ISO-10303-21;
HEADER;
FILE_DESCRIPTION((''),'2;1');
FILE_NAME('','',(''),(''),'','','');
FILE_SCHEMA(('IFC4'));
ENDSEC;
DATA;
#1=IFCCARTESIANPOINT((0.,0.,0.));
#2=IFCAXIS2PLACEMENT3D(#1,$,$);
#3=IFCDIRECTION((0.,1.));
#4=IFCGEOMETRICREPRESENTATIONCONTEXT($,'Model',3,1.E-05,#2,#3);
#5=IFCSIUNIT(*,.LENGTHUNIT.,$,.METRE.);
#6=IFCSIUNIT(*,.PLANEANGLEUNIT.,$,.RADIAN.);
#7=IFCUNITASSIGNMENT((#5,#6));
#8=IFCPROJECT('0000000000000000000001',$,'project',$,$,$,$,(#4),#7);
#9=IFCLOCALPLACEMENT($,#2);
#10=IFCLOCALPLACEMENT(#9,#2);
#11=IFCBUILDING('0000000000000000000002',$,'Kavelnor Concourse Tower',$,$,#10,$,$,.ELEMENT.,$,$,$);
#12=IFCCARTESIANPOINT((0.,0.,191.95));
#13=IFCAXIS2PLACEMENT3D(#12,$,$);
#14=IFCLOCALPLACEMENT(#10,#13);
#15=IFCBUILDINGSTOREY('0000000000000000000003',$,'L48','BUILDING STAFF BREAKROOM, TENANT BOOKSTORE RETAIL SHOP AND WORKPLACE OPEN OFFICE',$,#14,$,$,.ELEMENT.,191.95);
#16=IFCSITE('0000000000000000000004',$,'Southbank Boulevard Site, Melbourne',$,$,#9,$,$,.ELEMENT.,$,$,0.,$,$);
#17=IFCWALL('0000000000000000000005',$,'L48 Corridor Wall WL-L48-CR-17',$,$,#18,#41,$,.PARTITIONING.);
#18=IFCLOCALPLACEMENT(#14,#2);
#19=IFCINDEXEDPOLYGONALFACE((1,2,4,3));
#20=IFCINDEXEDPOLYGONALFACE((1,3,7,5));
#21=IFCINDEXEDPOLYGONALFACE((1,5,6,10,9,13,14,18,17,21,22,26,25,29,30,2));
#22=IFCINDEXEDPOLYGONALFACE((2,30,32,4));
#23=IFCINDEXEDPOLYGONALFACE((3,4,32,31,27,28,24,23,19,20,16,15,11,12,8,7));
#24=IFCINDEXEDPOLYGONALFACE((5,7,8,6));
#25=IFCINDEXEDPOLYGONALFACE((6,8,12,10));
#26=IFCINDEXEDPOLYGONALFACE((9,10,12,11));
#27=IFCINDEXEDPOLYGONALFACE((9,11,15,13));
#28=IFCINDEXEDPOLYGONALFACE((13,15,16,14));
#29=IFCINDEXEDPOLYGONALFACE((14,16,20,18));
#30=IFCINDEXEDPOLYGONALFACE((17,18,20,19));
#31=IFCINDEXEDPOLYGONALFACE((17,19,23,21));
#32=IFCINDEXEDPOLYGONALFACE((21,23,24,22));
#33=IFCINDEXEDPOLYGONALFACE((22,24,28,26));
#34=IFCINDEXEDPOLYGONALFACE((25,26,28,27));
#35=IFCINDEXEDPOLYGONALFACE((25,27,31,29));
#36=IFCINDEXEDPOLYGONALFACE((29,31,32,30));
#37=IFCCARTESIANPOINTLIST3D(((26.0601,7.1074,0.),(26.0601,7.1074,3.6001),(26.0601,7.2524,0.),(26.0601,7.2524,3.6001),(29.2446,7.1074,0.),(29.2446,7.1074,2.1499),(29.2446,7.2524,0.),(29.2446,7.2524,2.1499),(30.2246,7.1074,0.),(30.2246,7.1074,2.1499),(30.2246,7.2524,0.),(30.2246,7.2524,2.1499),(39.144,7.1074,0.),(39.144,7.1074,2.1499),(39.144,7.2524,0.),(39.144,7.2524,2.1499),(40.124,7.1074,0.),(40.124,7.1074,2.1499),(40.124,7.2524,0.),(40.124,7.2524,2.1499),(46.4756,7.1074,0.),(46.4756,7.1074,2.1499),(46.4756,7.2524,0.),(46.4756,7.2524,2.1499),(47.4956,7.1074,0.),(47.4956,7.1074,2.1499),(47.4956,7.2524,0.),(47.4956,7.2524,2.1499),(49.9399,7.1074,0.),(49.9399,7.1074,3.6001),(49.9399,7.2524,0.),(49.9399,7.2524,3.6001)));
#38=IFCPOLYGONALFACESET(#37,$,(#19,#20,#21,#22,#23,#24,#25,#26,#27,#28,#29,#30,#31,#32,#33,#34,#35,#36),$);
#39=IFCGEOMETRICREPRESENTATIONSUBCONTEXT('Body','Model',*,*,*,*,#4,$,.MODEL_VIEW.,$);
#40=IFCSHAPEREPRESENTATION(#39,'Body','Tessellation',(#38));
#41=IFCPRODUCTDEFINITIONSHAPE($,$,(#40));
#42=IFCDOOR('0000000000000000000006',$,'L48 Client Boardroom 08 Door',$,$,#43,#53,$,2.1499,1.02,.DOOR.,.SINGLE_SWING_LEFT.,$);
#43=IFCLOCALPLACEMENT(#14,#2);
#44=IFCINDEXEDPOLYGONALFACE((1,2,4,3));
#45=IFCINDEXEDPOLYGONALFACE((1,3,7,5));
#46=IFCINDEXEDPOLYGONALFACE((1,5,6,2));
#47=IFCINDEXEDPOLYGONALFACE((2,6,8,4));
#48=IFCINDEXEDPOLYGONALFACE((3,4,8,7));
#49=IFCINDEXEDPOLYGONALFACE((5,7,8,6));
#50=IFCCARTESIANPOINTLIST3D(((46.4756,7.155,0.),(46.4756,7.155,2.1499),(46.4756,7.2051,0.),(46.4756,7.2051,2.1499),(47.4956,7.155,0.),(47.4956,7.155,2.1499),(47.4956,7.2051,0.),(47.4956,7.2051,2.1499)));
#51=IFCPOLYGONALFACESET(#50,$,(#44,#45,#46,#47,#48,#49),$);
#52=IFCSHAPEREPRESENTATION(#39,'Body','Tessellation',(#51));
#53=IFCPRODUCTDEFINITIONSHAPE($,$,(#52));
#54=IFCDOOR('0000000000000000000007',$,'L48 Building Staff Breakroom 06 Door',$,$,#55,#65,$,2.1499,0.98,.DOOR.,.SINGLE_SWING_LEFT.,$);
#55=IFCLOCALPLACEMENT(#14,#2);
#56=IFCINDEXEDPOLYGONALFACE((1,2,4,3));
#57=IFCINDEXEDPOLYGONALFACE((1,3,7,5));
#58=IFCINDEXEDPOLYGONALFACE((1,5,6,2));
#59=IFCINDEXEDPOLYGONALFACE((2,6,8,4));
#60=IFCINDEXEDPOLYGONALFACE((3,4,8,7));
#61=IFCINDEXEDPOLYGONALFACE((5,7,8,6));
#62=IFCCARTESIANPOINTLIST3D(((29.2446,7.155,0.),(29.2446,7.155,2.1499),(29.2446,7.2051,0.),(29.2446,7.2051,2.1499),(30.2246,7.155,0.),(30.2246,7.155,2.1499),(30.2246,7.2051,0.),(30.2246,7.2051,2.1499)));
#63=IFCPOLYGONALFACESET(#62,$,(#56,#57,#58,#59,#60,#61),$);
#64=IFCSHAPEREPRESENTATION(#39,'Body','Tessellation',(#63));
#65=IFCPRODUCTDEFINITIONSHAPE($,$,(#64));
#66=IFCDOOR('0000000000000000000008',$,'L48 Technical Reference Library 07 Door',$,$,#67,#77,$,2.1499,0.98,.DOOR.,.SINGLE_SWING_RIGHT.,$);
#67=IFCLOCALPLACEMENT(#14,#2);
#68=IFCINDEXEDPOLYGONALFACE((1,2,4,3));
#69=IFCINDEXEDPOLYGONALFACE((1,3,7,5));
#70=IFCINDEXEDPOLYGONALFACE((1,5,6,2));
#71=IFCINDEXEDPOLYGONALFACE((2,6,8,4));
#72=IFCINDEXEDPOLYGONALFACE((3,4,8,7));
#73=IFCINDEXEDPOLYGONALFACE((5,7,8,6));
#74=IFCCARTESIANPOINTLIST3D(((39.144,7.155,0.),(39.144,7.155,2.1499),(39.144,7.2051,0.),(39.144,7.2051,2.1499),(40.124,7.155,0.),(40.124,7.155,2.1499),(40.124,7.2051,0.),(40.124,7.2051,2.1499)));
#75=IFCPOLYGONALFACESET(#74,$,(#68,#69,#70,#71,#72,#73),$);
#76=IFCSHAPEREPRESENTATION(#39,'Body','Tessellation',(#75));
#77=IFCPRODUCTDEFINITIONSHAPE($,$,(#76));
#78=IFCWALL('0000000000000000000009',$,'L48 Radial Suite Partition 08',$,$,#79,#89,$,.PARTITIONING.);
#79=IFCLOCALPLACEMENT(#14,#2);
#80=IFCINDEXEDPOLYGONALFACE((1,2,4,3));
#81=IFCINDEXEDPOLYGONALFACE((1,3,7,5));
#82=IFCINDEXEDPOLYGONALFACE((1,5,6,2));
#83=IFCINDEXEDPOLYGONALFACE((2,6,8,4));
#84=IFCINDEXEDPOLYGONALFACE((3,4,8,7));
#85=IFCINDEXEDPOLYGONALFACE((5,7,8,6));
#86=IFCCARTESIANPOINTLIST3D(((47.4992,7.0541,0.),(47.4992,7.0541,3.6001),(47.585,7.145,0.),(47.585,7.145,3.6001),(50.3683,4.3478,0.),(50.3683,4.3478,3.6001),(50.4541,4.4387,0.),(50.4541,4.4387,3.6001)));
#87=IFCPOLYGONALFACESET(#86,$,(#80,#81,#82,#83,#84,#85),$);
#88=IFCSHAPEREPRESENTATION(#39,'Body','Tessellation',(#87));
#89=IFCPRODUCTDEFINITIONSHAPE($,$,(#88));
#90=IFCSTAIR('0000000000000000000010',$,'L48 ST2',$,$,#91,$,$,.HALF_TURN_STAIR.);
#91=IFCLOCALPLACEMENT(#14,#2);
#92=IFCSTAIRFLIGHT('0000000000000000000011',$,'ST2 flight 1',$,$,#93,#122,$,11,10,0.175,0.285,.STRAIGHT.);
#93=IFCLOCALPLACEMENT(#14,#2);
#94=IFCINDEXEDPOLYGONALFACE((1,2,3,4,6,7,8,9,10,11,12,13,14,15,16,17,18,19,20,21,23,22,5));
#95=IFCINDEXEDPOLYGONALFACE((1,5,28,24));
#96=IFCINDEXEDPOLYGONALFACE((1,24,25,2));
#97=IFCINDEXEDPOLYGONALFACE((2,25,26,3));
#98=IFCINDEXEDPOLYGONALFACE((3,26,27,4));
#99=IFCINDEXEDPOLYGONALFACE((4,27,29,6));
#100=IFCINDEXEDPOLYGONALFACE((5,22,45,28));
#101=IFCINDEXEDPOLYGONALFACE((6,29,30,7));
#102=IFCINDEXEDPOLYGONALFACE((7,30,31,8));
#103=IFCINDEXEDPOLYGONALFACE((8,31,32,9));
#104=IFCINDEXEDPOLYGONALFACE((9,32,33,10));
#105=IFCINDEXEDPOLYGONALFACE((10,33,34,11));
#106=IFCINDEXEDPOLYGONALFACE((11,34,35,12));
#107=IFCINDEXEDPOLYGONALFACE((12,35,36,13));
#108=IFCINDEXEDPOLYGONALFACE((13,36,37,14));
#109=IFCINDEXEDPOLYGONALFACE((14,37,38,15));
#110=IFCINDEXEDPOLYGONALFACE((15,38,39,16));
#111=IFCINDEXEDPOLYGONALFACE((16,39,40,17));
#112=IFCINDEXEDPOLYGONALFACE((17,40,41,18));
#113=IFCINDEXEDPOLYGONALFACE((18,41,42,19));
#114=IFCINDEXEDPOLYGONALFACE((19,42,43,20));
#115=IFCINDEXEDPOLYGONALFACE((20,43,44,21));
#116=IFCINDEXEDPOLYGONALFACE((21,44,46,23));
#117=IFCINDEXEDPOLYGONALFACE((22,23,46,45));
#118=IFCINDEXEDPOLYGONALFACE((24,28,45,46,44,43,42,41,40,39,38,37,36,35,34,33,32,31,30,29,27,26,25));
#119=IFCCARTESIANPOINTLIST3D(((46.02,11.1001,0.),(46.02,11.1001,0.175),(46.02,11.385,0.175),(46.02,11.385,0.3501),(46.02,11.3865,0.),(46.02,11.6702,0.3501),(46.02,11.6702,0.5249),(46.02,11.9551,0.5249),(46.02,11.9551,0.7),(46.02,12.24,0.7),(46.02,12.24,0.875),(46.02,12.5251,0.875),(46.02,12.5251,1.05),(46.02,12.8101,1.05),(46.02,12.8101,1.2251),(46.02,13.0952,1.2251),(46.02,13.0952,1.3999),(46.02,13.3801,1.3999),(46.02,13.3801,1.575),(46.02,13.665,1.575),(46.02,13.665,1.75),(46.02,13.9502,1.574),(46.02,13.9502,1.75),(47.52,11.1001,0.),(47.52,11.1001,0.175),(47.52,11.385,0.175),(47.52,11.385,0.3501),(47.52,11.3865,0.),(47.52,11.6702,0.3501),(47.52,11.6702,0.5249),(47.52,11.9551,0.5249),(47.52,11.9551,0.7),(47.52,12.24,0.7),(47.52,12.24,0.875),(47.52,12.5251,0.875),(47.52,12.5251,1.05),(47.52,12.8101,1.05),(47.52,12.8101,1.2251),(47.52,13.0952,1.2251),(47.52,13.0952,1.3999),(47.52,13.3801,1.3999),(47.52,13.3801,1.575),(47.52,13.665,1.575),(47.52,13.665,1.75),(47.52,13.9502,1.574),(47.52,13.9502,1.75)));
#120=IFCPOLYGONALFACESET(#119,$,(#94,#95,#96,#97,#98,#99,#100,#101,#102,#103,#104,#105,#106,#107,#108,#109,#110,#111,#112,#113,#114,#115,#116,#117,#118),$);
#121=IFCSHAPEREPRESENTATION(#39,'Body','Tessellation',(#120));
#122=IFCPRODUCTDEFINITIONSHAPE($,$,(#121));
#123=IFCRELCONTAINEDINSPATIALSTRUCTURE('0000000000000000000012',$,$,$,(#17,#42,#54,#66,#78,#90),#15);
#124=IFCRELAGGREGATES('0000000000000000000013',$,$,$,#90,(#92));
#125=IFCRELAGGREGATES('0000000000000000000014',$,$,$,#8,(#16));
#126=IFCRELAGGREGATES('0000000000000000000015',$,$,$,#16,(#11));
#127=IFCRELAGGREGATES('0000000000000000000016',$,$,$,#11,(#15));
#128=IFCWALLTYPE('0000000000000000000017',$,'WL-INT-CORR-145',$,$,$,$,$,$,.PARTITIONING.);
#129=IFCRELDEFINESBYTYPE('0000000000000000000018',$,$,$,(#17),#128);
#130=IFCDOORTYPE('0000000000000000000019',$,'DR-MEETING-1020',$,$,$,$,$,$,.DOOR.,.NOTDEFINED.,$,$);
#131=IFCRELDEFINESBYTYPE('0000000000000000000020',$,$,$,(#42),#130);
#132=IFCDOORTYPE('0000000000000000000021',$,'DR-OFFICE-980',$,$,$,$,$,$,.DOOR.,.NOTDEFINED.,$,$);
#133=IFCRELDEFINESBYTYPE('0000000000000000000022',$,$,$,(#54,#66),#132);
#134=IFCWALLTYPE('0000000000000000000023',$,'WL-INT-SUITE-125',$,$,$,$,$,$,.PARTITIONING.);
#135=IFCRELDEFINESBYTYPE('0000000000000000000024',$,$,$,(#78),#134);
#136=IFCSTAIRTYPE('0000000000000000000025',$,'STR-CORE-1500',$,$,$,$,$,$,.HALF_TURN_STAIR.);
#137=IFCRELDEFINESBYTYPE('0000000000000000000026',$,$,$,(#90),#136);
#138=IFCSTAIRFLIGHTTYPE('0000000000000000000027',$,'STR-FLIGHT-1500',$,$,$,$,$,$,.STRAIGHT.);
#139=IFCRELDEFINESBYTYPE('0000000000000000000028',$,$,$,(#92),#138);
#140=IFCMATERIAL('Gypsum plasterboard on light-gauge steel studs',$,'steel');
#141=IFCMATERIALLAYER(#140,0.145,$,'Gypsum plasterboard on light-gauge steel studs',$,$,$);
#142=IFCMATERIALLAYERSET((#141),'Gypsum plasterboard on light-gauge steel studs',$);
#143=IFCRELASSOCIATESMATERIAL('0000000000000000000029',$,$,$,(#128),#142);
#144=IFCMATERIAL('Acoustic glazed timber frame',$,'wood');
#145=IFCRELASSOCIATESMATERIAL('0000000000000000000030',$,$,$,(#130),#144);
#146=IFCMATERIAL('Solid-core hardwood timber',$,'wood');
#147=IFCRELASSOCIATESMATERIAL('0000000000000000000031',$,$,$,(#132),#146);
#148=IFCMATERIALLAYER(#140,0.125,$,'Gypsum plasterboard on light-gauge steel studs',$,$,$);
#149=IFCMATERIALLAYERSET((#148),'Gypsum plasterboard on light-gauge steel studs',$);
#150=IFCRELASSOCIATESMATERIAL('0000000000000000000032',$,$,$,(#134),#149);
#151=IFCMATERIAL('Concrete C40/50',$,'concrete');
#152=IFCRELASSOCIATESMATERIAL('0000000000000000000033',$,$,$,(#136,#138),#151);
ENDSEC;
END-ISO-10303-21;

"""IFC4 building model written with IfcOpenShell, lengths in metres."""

from ifc_helpers import new_model, si_unit, direction, frame, frame_2d, origin, place, context, subcontext, project, spatial, polyline, rectangle, outline, extrude, material, layer, layer_set, type_object, element, fill, aggregate, save


model = new_model("IFC4")

# Units and contexts
model_context = context("Model", 3, precision=1e-05, world=origin(), true_north=direction((0.0, 1.0)))
body_context = subcontext(model_context, "Body", "Model", "MODEL_VIEW")
ifc_project = project(units=[si_unit("LENGTHUNIT", "METRE"), si_unit("PLANEANGLEUNIT", "RADIAN")], contexts=[model_context])

# Site, building, storey
site_placement = place(None, origin())
site = spatial("IfcSite", under=ifc_project, at=site_placement, Name="Southbank Boulevard Site, Melbourne", CompositionType="ELEMENT", RefElevation=0.0)
building_placement = place(site_placement, origin())
building = spatial("IfcBuilding", under=site, at=building_placement, Name="Kavelnor Concourse Tower", CompositionType="ELEMENT")
storey_placement = place(building_placement, frame((0.0, 0.0, 191.95)))
storey = spatial("IfcBuildingStorey", under=building, at=storey_placement, Name="L48", Description="BUILDING STAFF BREAKROOM, TENANT BOOKSTORE RETAIL SHOP AND WORKPLACE OPEN OFFICE", CompositionType="ELEMENT", Elevation=191.95)

# Shared definitions
ifc_material_1 = material(Name="Gypsum plasterboard on light-gauge steel studs", Category="steel")
ifc_layer_1 = layer(ifc_material_1, 0.145, Name="Gypsum plasterboard on light-gauge steel studs")
ifc_layer_set_1 = layer_set([ifc_layer_1], Name="Gypsum plasterboard on light-gauge steel studs")
wall_type_1 = type_object("IfcWallType", Name="WL-INT-CORR-145", PredefinedType="PARTITIONING", material=ifc_layer_set_1)
ifc_material_2 = material(Name="Solid-core hardwood timber", Category="wood")

# Wall, openings, doors
wall_1_placement = place(storey_placement, frame((49.9399, 7.1799, 0.0), z_axis=(0.0, 0.0, 1.0), x_axis=(-1.0, 0.0, 0.0)))
wall_1 = element("IfcWall", 1, at=wall_1_placement, inside=storey, type_object=wall_type_1, Name="L48 Corridor Wall WL-L48-CR-17", PredefinedType="PARTITIONING", context=body_context, shape_type="SweptSolid", body=[
    extrude(rectangle(XDim=23.8799, YDim=0.145, at=frame_2d((11.9399, 0.0))), origin(), (0.0, 0.0, 1.0), 3.6001),
])
opening_1_placement = place(wall_1_placement, frame((19.7153, 0.0, 0.0)))
opening_1 = element("IfcOpeningElement", 2, at=opening_1_placement, cuts=wall_1, PredefinedType="OPENING", context=body_context, shape_type="SweptSolid", body=[
    extrude(rectangle(XDim=0.98, YDim=2.1499, at=frame_2d((0.49, 1.075))), frame((0.0, 0.0825, 0.0), z_axis=(0.0, -1.0, 0.0), x_axis=(1.0, 0.0, 0.0)), (0.0, 0.0, 1.0), 0.165),
])
opening_2_placement = place(wall_1_placement, frame((9.8159, 0.0, 0.0)))
opening_2 = element("IfcOpeningElement", 3, at=opening_2_placement, cuts=wall_1, PredefinedType="OPENING", context=body_context, shape_type="SweptSolid", body=[
    extrude(rectangle(XDim=0.98, YDim=2.1499, at=frame_2d((0.49, 1.075))), frame((0.0, 0.0825, 0.0), z_axis=(0.0, -1.0, 0.0), x_axis=(1.0, 0.0, 0.0)), (0.0, 0.0, 1.0), 0.165),
])
opening_3_placement = place(wall_1_placement, frame((2.4443, 0.0, 0.0)))
opening_3 = element("IfcOpeningElement", 4, at=opening_3_placement, cuts=wall_1, PredefinedType="OPENING", context=body_context, shape_type="SweptSolid", body=[
    extrude(rectangle(XDim=1.02, YDim=2.1499, at=frame_2d((0.51, 1.075))), frame((0.0, 0.0825, 0.0), z_axis=(0.0, -1.0, 0.0), x_axis=(1.0, 0.0, 0.0)), (0.0, 0.0, 1.0), 0.165),
])
ifc_material_3 = material(Name="Acoustic glazed timber frame", Category="wood")
door_type_1 = type_object("IfcDoorType", Name="DR-MEETING-1020", OperationType="NOTDEFINED", PredefinedType="DOOR", material=ifc_material_3)
door_1_placement = place(opening_3_placement, origin())
door_1 = element("IfcDoor", 5, at=door_1_placement, inside=storey, type_object=door_type_1, Name="L48 Client Boardroom 08 Door", OperationType="SINGLE_SWING_LEFT", OverallHeight=2.1499, OverallWidth=1.02, PredefinedType="DOOR", context=body_context, shape_type="SweptSolid", body=[
    extrude(rectangle(XDim=1.02, YDim=2.1499, at=frame_2d((0.51, 1.075))), frame((0.0, 0.0249, 0.0), z_axis=(0.0, -1.0, 0.0), x_axis=(1.0, 0.0, 0.0)), (0.0, 0.0, 1.0), 0.05),
])
fill(opening_3, door_1)
door_type_2 = type_object("IfcDoorType", Name="DR-OFFICE-980", OperationType="NOTDEFINED", PredefinedType="DOOR", material=ifc_material_2)
door_2_placement = place(opening_1_placement, origin())
door_2 = element("IfcDoor", 6, at=door_2_placement, inside=storey, type_object=door_type_2, Name="L48 Building Staff Breakroom 06 Door", OperationType="SINGLE_SWING_LEFT", OverallHeight=2.1499, OverallWidth=0.98, PredefinedType="DOOR", context=body_context, shape_type="SweptSolid", body=[
    extrude(rectangle(XDim=0.98, YDim=2.1499, at=frame_2d((0.49, 1.075))), frame((0.0, 0.0249, 0.0), z_axis=(0.0, -1.0, 0.0), x_axis=(1.0, 0.0, 0.0)), (0.0, 0.0, 1.0), 0.05),
])
fill(opening_1, door_2)
door_3_placement = place(opening_2_placement, origin())
door_3 = element("IfcDoor", 7, at=door_3_placement, inside=storey, type_object=door_type_2, Name="L48 Technical Reference Library 07 Door", OperationType="SINGLE_SWING_RIGHT", OverallHeight=2.1499, OverallWidth=0.98, PredefinedType="DOOR", context=body_context, shape_type="SweptSolid", body=[
    extrude(rectangle(XDim=0.98, YDim=2.1499, at=frame_2d((0.49, 1.075))), frame((0.0, 0.0249, 0.0), z_axis=(0.0, -1.0, 0.0), x_axis=(1.0, 0.0, 0.0)), (0.0, 0.0, 1.0), 0.05),
])
fill(opening_2, door_3)

# Wall
ifc_layer_2 = layer(ifc_material_1, 0.125, Name="Gypsum plasterboard on light-gauge steel studs")
ifc_layer_set_2 = layer_set([ifc_layer_2], Name="Gypsum plasterboard on light-gauge steel studs")
wall_type_2 = type_object("IfcWallType", Name="WL-INT-SUITE-125", PredefinedType="PARTITIONING", material=ifc_layer_set_2)
wall_2_placement = place(storey_placement, frame((47.542, 7.0996, 0.0), z_axis=(0.0, 0.0, 1.0), x_axis=(0.727449, -0.686162, 0.0)))
element("IfcWall", 8, at=wall_2_placement, inside=storey, type_object=wall_type_2, Name="L48 Radial Suite Partition 08", PredefinedType="PARTITIONING", context=body_context, shape_type="SweptSolid", body=[
    extrude(rectangle(XDim=3.9441, YDim=0.125, at=frame_2d((1.9722, 0.0))), origin(), (0.0, 0.0, 1.0), 3.6001),
])

# Stair, stair flight
ifc_material_4 = material(Name="Concrete C40/50", Category="concrete")
stair_type = type_object("IfcStairType", Name="STR-CORE-1500", PredefinedType="HALF_TURN_STAIR", material=ifc_material_4)
stair_placement = place(storey_placement, origin())
stair = element("IfcStair", 9, at=stair_placement, inside=storey, type_object=stair_type, Name="L48 ST2", PredefinedType="HALF_TURN_STAIR")
stair_flight_type = type_object("IfcStairFlightType", Name="STR-FLIGHT-1500", PredefinedType="STRAIGHT", material=ifc_material_4)
stair_flight_placement = place(storey_placement, frame((46.77, 11.1001, 0.0), z_axis=(0.0, 0.0, 1.0), x_axis=(0.0, 1.0, 0.0)))
stair_flight = element("IfcStairFlight", 10, at=stair_flight_placement, type_object=stair_flight_type, Name="ST2 flight 1", NumberOfRisers=11, NumberOfTreads=10, PredefinedType="STRAIGHT", RiserHeight=0.175, TreadLength=0.285, context=body_context, shape_type="SweptSolid", body=[
    extrude(outline(polyline([(0.0, 0.0), (0.0, 0.175), (0.2849, 0.175), (0.2849, 0.3501), (0.5701, 0.3501), (0.5701, 0.5249), (0.855, 0.5249), (0.855, 0.7), (1.1399, 0.7), (1.1399, 0.875), (1.425, 0.875), (1.425, 1.05), (1.71, 1.05), (1.71, 1.2251), (1.9951, 1.2251), (1.9951, 1.3999), (2.28, 1.3999), (2.28, 1.575), (2.5649, 1.575), (2.5649, 1.75), (2.8501, 1.75), (2.8501, 1.925), (2.8501, 1.574), (0.2864, 0.0), (0.0, 0.0)])), frame((0.0, 0.75, 0.0), z_axis=(0.0, -1.0, 0.0), x_axis=(1.0, 0.0, 0.0)), (0.0, 0.0, 1.0), 1.5),
])
aggregate(stair, [stair_flight])

save(model, "model.ifc")
